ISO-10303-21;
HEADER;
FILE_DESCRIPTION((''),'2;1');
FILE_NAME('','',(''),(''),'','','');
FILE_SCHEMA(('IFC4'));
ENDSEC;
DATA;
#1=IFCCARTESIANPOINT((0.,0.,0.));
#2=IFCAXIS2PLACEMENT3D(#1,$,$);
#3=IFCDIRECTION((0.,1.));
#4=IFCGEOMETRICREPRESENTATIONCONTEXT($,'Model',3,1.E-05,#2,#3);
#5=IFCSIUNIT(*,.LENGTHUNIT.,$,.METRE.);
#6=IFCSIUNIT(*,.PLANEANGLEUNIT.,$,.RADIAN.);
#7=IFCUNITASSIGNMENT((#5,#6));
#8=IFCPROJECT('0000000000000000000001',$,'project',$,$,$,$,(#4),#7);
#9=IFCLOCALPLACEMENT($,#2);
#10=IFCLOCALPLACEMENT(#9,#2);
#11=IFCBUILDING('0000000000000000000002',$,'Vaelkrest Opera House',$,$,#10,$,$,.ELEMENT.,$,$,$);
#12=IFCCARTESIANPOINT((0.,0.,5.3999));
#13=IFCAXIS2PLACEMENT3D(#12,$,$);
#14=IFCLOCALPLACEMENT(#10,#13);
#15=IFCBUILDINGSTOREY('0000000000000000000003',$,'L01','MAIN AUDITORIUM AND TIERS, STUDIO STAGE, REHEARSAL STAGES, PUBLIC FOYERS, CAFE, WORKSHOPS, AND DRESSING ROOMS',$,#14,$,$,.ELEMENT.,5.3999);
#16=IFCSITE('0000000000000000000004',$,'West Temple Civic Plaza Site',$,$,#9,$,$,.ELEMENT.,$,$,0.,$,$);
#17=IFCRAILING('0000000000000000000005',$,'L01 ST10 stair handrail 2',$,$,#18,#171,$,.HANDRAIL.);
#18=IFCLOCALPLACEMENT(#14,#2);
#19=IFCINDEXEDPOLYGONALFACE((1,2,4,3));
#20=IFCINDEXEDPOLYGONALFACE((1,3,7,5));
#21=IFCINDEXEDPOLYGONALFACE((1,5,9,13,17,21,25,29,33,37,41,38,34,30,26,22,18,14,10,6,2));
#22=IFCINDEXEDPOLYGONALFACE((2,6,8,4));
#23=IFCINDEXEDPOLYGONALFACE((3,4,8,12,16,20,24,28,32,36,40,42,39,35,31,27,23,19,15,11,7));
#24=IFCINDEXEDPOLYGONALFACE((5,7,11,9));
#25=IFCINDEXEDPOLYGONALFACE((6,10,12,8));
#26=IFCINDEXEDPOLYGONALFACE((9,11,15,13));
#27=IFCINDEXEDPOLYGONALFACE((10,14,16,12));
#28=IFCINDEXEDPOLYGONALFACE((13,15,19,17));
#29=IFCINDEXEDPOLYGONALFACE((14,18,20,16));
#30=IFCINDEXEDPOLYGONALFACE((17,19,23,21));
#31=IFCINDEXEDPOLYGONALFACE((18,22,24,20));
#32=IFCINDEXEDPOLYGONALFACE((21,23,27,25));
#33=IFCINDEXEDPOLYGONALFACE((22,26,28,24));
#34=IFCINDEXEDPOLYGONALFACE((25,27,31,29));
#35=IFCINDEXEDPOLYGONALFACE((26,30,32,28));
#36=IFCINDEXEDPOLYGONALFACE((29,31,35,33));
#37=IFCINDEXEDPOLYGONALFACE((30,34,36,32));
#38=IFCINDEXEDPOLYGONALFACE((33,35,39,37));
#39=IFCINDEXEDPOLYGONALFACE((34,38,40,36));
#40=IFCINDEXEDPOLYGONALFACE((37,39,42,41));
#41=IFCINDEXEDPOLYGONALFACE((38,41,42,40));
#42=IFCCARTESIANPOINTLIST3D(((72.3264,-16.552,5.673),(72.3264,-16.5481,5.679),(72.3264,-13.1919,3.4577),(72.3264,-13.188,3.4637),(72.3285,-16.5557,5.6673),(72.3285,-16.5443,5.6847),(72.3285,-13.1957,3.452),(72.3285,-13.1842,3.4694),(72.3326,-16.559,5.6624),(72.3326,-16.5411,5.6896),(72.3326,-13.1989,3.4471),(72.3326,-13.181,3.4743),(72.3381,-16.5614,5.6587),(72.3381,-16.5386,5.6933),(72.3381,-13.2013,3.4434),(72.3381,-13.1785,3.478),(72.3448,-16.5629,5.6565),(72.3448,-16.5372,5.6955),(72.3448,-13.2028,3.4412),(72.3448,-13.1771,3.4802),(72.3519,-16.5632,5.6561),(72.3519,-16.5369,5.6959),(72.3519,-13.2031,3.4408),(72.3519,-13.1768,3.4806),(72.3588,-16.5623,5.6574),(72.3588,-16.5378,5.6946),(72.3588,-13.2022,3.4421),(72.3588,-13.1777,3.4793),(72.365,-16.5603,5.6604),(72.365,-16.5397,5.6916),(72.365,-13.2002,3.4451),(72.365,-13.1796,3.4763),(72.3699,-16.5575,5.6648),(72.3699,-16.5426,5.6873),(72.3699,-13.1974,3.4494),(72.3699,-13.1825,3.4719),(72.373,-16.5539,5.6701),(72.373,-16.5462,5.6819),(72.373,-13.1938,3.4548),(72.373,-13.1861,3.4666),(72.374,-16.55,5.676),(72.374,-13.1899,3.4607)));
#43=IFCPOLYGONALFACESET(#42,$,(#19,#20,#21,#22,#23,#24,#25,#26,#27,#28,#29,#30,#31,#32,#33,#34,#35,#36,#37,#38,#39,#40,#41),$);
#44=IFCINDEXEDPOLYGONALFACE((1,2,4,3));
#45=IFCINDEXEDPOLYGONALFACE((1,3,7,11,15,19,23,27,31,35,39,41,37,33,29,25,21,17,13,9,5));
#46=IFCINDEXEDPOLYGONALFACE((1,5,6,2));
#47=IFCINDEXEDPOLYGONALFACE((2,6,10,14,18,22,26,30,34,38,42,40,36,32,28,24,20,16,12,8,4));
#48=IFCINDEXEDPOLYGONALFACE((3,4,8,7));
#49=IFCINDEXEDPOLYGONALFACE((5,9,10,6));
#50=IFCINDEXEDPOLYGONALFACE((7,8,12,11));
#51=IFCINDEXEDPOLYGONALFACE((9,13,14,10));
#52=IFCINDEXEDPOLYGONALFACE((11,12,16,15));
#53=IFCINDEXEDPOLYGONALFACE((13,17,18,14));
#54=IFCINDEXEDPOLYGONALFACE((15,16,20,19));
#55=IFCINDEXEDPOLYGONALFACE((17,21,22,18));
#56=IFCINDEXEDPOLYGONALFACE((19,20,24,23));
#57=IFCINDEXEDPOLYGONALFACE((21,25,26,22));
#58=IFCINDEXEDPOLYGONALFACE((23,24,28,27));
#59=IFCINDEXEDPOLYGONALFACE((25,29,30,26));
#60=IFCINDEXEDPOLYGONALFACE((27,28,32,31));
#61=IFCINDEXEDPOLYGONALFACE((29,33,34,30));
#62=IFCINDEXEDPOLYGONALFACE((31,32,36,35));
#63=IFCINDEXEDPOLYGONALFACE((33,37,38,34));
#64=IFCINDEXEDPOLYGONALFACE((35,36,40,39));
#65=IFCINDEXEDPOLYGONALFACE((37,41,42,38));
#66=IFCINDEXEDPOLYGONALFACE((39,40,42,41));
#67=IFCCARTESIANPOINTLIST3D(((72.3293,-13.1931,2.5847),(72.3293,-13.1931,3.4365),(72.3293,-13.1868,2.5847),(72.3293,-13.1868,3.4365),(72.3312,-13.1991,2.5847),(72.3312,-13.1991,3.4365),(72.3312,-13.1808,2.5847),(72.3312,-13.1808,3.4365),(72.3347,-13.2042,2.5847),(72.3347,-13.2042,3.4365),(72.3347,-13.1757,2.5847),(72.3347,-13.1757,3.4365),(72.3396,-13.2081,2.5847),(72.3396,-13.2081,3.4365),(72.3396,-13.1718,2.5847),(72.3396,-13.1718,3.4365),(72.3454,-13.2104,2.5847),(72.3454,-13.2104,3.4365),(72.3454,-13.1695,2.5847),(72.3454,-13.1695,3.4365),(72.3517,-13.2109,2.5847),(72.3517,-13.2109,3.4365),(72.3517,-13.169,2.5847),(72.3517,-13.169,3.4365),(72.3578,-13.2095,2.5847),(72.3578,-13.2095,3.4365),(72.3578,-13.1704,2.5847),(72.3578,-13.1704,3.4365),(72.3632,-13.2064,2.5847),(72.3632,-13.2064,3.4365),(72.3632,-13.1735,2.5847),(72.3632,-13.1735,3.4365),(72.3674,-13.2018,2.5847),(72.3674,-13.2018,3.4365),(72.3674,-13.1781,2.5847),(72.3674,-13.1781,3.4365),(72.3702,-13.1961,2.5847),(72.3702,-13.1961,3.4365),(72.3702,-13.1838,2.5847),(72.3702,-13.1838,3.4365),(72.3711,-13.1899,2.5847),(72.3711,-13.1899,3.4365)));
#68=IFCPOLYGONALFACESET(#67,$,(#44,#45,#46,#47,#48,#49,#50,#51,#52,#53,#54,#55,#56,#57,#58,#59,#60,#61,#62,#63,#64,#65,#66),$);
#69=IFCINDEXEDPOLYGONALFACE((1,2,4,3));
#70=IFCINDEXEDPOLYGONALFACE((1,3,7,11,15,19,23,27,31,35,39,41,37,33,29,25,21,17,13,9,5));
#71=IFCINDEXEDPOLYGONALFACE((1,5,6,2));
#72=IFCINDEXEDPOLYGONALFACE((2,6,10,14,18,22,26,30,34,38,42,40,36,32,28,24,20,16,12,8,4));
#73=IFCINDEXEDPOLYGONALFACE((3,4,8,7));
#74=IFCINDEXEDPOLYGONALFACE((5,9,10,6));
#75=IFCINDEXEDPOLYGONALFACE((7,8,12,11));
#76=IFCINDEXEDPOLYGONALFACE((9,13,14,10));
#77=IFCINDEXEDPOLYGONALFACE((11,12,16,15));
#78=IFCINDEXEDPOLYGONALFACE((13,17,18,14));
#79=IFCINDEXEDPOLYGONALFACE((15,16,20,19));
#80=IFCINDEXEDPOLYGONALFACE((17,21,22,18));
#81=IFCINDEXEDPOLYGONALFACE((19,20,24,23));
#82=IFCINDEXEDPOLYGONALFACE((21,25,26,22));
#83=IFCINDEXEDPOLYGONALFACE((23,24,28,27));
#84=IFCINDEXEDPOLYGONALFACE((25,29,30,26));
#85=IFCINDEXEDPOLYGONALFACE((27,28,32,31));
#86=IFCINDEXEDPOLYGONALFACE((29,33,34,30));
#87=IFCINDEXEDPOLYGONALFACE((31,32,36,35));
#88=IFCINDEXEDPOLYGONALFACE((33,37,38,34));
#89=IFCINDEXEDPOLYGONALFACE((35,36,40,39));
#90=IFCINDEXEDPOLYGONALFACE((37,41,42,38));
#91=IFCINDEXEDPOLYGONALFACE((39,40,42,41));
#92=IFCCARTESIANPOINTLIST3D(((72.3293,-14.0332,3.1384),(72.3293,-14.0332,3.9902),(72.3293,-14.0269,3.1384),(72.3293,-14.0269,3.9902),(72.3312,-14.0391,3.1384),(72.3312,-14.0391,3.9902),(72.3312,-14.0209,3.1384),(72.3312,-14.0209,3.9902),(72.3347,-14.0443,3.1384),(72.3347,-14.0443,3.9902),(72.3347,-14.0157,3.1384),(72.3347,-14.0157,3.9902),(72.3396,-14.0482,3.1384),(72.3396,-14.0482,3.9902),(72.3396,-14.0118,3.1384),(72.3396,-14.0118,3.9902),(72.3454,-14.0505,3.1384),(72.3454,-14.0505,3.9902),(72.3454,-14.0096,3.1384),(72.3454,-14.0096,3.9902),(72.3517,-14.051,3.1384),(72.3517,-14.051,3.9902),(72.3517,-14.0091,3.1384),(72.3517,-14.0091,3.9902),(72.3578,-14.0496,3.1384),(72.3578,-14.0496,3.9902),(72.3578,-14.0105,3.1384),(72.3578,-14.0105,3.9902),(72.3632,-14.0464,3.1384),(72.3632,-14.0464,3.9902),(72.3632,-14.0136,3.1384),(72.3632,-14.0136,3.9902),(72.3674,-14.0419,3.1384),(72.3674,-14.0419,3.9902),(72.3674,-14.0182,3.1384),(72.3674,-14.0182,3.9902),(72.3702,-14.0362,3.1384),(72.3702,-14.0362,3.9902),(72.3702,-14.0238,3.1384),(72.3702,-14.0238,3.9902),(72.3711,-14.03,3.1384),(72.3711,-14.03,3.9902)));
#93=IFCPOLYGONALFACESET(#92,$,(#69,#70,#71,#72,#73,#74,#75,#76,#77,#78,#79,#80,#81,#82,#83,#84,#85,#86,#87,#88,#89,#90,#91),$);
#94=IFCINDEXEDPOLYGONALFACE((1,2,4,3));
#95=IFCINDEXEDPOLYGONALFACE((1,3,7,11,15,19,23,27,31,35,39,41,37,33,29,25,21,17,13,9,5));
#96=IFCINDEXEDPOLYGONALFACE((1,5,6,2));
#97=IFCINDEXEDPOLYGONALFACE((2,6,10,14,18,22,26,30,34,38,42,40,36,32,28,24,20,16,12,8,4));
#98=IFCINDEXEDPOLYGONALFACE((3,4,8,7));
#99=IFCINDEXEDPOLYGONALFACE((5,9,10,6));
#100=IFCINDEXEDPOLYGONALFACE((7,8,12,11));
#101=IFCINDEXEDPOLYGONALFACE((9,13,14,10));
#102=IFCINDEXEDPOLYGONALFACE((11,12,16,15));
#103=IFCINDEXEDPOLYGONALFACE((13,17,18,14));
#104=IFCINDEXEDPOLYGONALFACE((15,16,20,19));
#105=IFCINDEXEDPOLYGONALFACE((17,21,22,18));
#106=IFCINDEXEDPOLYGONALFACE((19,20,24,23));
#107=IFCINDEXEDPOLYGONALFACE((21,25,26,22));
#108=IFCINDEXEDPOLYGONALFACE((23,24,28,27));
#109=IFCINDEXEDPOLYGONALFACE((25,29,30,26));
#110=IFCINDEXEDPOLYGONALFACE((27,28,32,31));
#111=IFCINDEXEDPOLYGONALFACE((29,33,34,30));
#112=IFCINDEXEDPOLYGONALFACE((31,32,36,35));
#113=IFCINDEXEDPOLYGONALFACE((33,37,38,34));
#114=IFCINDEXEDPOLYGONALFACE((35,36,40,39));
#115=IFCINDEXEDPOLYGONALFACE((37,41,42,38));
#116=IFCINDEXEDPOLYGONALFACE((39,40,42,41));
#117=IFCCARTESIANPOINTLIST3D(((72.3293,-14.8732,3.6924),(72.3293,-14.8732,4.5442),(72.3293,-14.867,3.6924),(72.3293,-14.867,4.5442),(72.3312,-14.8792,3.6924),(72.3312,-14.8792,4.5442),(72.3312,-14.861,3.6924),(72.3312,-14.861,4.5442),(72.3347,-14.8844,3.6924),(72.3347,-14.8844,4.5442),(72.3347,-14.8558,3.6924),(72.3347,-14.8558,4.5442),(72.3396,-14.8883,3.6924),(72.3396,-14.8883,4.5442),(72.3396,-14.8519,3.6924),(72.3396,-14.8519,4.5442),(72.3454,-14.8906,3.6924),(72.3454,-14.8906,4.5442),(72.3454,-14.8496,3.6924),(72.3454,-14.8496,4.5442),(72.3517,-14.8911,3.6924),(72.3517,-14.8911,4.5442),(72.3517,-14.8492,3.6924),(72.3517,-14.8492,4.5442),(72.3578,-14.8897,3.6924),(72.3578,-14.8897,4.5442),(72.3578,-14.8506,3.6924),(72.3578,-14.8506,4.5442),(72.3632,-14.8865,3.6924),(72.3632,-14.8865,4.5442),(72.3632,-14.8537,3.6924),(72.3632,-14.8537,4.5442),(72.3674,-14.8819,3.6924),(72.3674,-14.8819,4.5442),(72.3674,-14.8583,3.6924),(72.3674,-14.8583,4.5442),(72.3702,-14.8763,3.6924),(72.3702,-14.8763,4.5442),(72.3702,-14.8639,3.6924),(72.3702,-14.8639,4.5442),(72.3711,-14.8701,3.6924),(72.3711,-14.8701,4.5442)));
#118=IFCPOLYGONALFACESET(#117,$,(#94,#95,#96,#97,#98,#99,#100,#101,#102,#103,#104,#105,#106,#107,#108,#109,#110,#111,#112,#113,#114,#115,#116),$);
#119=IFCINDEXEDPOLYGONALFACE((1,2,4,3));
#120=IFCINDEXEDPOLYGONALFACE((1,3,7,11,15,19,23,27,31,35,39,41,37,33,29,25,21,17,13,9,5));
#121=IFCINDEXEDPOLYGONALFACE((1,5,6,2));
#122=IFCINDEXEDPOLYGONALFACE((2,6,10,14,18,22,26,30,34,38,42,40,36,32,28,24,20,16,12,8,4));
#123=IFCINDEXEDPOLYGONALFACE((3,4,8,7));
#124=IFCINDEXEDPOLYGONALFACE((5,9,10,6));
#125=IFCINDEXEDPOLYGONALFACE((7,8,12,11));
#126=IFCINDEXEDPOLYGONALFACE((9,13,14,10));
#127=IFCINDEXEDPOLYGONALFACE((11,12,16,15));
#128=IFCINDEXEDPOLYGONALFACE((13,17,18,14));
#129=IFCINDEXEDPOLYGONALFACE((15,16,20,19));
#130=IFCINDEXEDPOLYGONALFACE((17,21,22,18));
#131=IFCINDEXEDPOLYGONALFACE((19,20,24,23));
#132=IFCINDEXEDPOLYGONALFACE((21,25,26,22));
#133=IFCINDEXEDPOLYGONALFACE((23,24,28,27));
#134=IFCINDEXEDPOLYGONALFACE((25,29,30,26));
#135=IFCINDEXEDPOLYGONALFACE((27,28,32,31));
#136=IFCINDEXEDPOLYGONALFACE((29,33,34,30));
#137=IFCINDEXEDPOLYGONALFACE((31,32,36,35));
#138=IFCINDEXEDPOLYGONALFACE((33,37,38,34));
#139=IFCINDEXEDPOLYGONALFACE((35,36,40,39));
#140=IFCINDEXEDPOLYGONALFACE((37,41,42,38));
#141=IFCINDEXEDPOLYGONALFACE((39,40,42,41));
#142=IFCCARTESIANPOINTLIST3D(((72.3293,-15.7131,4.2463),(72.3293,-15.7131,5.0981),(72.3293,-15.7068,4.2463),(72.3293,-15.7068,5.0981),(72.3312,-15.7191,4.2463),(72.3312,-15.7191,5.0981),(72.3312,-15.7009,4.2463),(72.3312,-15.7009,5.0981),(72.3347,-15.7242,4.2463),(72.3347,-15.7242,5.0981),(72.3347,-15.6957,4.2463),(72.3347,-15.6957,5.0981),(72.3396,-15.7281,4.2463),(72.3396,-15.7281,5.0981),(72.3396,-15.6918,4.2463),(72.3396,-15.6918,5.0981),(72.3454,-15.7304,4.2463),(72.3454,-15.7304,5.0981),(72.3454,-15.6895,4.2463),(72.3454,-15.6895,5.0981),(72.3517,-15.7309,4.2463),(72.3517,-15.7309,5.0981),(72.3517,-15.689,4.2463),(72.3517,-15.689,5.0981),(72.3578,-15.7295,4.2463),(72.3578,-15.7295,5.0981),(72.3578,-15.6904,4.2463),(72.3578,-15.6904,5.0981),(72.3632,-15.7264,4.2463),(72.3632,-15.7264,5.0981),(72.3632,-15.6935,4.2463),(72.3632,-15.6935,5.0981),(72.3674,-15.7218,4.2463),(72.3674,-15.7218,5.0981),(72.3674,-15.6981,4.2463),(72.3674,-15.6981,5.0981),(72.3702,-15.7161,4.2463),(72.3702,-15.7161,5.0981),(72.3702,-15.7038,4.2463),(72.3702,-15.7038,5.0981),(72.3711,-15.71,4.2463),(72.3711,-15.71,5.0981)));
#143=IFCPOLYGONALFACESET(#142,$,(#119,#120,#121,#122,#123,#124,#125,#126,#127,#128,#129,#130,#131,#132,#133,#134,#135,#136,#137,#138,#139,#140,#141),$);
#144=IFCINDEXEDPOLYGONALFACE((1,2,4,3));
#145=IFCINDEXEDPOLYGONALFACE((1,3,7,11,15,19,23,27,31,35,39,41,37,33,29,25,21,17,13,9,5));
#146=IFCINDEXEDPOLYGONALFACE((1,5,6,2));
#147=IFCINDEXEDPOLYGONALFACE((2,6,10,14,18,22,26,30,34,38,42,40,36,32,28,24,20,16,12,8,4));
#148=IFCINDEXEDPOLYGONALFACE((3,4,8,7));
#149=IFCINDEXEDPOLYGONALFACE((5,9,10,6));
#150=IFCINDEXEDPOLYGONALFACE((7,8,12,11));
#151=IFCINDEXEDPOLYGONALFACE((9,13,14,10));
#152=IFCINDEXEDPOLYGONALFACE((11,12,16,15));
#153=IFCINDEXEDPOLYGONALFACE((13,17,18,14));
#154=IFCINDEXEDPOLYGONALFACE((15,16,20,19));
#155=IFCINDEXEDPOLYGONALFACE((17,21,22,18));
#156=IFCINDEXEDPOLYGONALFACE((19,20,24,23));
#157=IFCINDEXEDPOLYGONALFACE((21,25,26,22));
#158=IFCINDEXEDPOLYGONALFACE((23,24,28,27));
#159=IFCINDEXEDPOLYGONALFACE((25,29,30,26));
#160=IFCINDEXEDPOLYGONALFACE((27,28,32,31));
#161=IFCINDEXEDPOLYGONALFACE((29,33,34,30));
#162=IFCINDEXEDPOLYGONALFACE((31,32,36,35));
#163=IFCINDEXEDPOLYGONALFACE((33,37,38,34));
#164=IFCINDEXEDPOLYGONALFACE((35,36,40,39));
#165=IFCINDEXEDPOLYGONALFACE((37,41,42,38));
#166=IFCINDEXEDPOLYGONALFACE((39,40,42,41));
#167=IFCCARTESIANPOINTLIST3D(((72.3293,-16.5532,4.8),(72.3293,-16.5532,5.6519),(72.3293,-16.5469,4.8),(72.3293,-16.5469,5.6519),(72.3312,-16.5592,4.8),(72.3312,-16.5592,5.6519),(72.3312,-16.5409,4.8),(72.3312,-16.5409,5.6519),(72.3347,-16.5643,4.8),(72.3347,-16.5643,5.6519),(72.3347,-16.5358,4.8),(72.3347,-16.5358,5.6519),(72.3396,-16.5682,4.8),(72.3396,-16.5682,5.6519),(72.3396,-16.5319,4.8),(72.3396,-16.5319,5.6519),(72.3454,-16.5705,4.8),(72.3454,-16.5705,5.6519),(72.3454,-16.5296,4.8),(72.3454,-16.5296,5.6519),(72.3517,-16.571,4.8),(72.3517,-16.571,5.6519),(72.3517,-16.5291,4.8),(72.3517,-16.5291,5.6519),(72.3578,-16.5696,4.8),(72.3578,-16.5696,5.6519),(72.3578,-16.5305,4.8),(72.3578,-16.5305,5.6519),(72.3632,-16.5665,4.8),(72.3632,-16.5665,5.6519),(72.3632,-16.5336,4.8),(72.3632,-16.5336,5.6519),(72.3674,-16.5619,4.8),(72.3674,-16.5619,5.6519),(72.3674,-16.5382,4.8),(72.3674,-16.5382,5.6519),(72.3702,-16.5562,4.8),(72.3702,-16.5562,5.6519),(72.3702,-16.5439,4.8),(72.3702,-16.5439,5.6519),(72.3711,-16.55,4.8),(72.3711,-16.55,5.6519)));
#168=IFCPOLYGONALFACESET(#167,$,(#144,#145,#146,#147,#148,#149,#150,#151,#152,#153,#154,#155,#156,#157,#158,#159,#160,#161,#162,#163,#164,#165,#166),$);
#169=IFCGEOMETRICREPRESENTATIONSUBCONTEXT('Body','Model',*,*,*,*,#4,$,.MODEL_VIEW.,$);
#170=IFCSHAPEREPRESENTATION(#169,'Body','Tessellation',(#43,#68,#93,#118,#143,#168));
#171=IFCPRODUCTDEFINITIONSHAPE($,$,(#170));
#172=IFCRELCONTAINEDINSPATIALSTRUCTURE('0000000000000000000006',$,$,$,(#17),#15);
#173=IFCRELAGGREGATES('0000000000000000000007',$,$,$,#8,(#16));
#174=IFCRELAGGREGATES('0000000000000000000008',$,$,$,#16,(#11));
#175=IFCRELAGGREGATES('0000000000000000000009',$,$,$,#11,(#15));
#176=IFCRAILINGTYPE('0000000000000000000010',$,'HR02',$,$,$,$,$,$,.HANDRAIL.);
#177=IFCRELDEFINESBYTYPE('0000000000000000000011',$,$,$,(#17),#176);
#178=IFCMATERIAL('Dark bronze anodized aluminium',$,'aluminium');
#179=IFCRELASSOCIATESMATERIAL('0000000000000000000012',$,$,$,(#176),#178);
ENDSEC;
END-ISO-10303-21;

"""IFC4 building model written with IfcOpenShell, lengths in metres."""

from ifc_helpers import new_model, si_unit, direction, frame, origin, origin_2d, place, context, subcontext, project, spatial, circle, extrude, material, type_object, element, save


model = new_model("IFC4")

# Units and contexts
model_context = context("Model", 3, precision=1e-05, world=origin(), true_north=direction((0.0, 1.0)))
body_context = subcontext(model_context, "Body", "Model", "MODEL_VIEW")
ifc_project = project(units=[si_unit("LENGTHUNIT", "METRE"), si_unit("PLANEANGLEUNIT", "RADIAN")], contexts=[model_context])

# Site, building, storey
site_placement = place(None, origin())
site = spatial("IfcSite", under=ifc_project, at=site_placement, Name="West Temple Civic Plaza Site", CompositionType="ELEMENT", RefElevation=0.0)
building_placement = place(site_placement, origin())
building = spatial("IfcBuilding", under=site, at=building_placement, Name="Vaelkrest Opera House", CompositionType="ELEMENT")
storey_placement = place(building_placement, frame((0.0, 0.0, 5.3999)))
storey = spatial("IfcBuildingStorey", under=building, at=storey_placement, Name="L01", Description="MAIN AUDITORIUM AND TIERS, STUDIO STAGE, REHEARSAL STAGES, PUBLIC FOYERS, CAFE, WORKSHOPS, AND DRESSING ROOMS", CompositionType="ELEMENT", Elevation=5.3999)

# Railing
ifc_material_1 = material(Name="Dark bronze anodized aluminium", Category="aluminium")
railing_type_1 = type_object("IfcRailingType", Name="HR02", PredefinedType="HANDRAIL", material=ifc_material_1)
railing_1_placement = place(storey_placement, frame((72.3501, -13.1899, 2.5847)))
element("IfcRailing", 1, at=railing_1_placement, inside=storey, type_object=railing_type_1, Name="L01 ST10 stair handrail 2", PredefinedType="HANDRAIL", context=body_context, shape_type="SweptSolid", body=[
    extrude(circle(Radius=0.0239, at=origin_2d()), frame((0.0, 0.0, 0.876), z_axis=(0.0, -0.834876, 0.550437), x_axis=(1.0, 0.0, 0.0)), (0.0, 0.0, 1.0), 4.0247),
    extrude(circle(Radius=0.021, at=origin_2d()), origin(), (0.0, 0.0, 1.0), 0.8518),
    extrude(circle(Radius=0.021, at=origin_2d()), frame((0.0, -0.8401, 0.5537)), (0.0, 0.0, 1.0), 0.8518),
    extrude(circle(Radius=0.021, at=origin_2d()), frame((0.0, -1.6802, 1.1077)), (0.0, 0.0, 1.0), 0.8518),
    extrude(circle(Radius=0.021, at=origin_2d()), frame((0.0, -2.52, 1.6616)), (0.0, 0.0, 1.0), 0.8518),
    extrude(circle(Radius=0.021, at=origin_2d()), frame((0.0, -3.3601, 2.2153)), (0.0, 0.0, 1.0), 0.8518),
])

save(model, "model.ifc")
